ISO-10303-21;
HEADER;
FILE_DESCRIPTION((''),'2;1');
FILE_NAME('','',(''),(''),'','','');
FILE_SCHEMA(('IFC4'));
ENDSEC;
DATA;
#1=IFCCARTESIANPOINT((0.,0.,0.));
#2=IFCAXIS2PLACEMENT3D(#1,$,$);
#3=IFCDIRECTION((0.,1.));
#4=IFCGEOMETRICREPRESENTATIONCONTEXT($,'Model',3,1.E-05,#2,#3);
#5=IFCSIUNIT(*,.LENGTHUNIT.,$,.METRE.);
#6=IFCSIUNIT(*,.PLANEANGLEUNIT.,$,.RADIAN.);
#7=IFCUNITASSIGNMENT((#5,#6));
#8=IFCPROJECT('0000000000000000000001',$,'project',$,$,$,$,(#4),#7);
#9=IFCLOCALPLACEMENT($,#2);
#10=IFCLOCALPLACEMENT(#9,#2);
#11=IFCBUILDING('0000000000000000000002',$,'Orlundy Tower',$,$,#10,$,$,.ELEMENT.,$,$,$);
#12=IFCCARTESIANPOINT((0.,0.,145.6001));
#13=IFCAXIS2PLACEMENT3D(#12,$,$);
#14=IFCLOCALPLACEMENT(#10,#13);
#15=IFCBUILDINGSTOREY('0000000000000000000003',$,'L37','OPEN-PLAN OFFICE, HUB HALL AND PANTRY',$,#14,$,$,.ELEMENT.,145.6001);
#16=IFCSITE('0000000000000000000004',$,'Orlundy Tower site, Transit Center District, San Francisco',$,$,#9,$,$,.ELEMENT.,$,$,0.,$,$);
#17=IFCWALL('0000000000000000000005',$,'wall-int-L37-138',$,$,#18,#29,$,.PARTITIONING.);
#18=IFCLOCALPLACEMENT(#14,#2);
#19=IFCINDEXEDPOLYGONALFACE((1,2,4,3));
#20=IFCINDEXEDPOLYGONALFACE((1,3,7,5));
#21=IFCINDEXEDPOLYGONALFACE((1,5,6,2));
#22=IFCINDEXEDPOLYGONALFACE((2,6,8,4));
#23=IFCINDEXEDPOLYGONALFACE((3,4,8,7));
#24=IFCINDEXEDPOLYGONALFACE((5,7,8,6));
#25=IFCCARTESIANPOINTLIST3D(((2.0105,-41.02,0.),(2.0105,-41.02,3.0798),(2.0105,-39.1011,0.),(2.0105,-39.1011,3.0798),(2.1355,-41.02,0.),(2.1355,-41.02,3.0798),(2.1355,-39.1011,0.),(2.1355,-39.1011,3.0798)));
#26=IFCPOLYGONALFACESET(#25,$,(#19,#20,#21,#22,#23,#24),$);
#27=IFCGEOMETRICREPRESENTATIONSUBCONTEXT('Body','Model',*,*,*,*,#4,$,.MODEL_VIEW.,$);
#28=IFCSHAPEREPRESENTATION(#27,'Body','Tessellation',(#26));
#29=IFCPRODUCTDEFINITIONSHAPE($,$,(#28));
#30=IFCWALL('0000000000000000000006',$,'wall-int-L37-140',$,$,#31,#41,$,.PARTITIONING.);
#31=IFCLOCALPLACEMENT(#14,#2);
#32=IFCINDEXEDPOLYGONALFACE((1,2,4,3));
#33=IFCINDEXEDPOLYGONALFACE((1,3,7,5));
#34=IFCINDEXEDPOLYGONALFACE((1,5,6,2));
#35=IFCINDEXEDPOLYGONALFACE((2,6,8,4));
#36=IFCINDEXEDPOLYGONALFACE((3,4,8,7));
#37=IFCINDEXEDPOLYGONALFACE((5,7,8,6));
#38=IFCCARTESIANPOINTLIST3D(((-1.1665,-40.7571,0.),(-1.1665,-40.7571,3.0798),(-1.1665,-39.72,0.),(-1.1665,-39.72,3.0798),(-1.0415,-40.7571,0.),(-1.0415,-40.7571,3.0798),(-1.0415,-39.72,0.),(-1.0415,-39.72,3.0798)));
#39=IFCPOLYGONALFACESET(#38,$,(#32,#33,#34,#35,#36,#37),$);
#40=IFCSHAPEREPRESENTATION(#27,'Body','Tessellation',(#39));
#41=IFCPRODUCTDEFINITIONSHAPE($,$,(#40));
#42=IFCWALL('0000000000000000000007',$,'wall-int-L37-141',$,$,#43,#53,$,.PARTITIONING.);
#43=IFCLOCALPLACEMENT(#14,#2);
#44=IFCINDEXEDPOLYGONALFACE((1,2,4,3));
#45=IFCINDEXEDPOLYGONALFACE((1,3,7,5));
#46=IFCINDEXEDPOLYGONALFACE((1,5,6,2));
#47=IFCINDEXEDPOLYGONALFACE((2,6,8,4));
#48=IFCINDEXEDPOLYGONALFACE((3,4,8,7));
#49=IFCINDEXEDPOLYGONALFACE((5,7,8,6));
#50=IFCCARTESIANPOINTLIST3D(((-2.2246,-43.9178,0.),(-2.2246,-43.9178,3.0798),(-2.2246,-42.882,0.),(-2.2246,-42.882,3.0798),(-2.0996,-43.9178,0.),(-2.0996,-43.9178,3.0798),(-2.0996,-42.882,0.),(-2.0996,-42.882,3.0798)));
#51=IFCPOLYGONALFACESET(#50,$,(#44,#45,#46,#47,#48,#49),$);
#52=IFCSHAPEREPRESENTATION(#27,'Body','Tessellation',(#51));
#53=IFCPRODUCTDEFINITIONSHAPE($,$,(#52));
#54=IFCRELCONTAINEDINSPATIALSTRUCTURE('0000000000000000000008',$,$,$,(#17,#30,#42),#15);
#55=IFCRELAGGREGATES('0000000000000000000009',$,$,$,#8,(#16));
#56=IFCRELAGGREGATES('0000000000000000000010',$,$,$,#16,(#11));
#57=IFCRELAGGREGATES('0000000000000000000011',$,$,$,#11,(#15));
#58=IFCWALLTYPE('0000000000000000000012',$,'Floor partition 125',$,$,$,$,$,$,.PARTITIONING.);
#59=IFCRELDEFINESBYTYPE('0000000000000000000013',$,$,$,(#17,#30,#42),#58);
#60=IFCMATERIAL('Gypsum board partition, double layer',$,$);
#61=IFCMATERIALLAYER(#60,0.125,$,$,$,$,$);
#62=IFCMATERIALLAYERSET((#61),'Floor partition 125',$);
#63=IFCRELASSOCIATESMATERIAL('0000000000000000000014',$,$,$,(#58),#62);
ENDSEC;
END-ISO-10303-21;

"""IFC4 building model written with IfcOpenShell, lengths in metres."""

from ifc_helpers import new_model, si_unit, direction, frame, frame_2d, origin, place, context, subcontext, project, spatial, rectangle, extrude, material, layer, layer_set, type_object, element, save


model = new_model("IFC4")

# Units and contexts
model_context = context("Model", 3, precision=1e-05, world=origin(), true_north=direction((0.0, 1.0)))
body_context = subcontext(model_context, "Body", "Model", "MODEL_VIEW")
ifc_project = project(units=[si_unit("LENGTHUNIT", "METRE"), si_unit("PLANEANGLEUNIT", "RADIAN")], contexts=[model_context])

# Site, building, storey
site_placement = place(None, origin())
site = spatial("IfcSite", under=ifc_project, at=site_placement, Name="Orlundy Tower site, Transit Center District, San Francisco", CompositionType="ELEMENT", RefElevation=0.0)
building_placement = place(site_placement, origin())
building = spatial("IfcBuilding", under=site, at=building_placement, Name="Orlundy Tower", CompositionType="ELEMENT")
storey_placement = place(building_placement, frame((0.0, 0.0, 145.6001)))
storey = spatial("IfcBuildingStorey", under=building, at=storey_placement, Name="L37", Description="OPEN-PLAN OFFICE, HUB HALL AND PANTRY", CompositionType="ELEMENT", Elevation=145.6001)

# Shared definitions
ifc_material_1 = material(Name="Gypsum board partition, double layer")
ifc_layer = layer(ifc_material_1, 0.125)
ifc_layer_set = layer_set([ifc_layer], Name="Floor partition 125")
wall_type = type_object("IfcWallType", Name="Floor partition 125", PredefinedType="PARTITIONING", material=ifc_layer_set)

# Walls
wall_1_placement = place(storey_placement, frame((2.073, -41.02, 0.0), z_axis=(0.0, 0.0, 1.0), x_axis=(0.0, 1.0, 0.0)))
element("IfcWall", 1, at=wall_1_placement, inside=storey, type_object=wall_type, Name="wall-int-L37-138", PredefinedType="PARTITIONING", context=body_context, shape_type="SweptSolid", body=[
    extrude(rectangle(XDim=1.9189, YDim=0.125, at=frame_2d((0.9595, 0.0))), origin(), (0.0, 0.0, 1.0), 3.0798),
])
wall_2_placement = place(storey_placement, frame((-1.104, -40.7571, 0.0), z_axis=(0.0, 0.0, 1.0), x_axis=(0.0, 1.0, 0.0)))
element("IfcWall", 2, at=wall_2_placement, inside=storey, type_object=wall_type, Name="wall-int-L37-140", PredefinedType="PARTITIONING", context=body_context, shape_type="SweptSolid", body=[
    extrude(rectangle(XDim=1.0371, YDim=0.125, at=frame_2d((0.5186, 0.0))), origin(), (0.0, 0.0, 1.0), 3.0798),
])
wall_3_placement = place(storey_placement, frame((-2.1621, -43.918, 0.0), z_axis=(0.0, 0.0, 1.0), x_axis=(0.0, 1.0, 0.0)))
element("IfcWall", 3, at=wall_3_placement, inside=storey, type_object=wall_type, Name="wall-int-L37-141", PredefinedType="PARTITIONING", context=body_context, shape_type="SweptSolid", body=[
    extrude(rectangle(XDim=1.0359, YDim=0.125, at=frame_2d((0.5181, 0.0))), origin(), (0.0, 0.0, 1.0), 3.0798),
])

save(model, "model.ifc")
